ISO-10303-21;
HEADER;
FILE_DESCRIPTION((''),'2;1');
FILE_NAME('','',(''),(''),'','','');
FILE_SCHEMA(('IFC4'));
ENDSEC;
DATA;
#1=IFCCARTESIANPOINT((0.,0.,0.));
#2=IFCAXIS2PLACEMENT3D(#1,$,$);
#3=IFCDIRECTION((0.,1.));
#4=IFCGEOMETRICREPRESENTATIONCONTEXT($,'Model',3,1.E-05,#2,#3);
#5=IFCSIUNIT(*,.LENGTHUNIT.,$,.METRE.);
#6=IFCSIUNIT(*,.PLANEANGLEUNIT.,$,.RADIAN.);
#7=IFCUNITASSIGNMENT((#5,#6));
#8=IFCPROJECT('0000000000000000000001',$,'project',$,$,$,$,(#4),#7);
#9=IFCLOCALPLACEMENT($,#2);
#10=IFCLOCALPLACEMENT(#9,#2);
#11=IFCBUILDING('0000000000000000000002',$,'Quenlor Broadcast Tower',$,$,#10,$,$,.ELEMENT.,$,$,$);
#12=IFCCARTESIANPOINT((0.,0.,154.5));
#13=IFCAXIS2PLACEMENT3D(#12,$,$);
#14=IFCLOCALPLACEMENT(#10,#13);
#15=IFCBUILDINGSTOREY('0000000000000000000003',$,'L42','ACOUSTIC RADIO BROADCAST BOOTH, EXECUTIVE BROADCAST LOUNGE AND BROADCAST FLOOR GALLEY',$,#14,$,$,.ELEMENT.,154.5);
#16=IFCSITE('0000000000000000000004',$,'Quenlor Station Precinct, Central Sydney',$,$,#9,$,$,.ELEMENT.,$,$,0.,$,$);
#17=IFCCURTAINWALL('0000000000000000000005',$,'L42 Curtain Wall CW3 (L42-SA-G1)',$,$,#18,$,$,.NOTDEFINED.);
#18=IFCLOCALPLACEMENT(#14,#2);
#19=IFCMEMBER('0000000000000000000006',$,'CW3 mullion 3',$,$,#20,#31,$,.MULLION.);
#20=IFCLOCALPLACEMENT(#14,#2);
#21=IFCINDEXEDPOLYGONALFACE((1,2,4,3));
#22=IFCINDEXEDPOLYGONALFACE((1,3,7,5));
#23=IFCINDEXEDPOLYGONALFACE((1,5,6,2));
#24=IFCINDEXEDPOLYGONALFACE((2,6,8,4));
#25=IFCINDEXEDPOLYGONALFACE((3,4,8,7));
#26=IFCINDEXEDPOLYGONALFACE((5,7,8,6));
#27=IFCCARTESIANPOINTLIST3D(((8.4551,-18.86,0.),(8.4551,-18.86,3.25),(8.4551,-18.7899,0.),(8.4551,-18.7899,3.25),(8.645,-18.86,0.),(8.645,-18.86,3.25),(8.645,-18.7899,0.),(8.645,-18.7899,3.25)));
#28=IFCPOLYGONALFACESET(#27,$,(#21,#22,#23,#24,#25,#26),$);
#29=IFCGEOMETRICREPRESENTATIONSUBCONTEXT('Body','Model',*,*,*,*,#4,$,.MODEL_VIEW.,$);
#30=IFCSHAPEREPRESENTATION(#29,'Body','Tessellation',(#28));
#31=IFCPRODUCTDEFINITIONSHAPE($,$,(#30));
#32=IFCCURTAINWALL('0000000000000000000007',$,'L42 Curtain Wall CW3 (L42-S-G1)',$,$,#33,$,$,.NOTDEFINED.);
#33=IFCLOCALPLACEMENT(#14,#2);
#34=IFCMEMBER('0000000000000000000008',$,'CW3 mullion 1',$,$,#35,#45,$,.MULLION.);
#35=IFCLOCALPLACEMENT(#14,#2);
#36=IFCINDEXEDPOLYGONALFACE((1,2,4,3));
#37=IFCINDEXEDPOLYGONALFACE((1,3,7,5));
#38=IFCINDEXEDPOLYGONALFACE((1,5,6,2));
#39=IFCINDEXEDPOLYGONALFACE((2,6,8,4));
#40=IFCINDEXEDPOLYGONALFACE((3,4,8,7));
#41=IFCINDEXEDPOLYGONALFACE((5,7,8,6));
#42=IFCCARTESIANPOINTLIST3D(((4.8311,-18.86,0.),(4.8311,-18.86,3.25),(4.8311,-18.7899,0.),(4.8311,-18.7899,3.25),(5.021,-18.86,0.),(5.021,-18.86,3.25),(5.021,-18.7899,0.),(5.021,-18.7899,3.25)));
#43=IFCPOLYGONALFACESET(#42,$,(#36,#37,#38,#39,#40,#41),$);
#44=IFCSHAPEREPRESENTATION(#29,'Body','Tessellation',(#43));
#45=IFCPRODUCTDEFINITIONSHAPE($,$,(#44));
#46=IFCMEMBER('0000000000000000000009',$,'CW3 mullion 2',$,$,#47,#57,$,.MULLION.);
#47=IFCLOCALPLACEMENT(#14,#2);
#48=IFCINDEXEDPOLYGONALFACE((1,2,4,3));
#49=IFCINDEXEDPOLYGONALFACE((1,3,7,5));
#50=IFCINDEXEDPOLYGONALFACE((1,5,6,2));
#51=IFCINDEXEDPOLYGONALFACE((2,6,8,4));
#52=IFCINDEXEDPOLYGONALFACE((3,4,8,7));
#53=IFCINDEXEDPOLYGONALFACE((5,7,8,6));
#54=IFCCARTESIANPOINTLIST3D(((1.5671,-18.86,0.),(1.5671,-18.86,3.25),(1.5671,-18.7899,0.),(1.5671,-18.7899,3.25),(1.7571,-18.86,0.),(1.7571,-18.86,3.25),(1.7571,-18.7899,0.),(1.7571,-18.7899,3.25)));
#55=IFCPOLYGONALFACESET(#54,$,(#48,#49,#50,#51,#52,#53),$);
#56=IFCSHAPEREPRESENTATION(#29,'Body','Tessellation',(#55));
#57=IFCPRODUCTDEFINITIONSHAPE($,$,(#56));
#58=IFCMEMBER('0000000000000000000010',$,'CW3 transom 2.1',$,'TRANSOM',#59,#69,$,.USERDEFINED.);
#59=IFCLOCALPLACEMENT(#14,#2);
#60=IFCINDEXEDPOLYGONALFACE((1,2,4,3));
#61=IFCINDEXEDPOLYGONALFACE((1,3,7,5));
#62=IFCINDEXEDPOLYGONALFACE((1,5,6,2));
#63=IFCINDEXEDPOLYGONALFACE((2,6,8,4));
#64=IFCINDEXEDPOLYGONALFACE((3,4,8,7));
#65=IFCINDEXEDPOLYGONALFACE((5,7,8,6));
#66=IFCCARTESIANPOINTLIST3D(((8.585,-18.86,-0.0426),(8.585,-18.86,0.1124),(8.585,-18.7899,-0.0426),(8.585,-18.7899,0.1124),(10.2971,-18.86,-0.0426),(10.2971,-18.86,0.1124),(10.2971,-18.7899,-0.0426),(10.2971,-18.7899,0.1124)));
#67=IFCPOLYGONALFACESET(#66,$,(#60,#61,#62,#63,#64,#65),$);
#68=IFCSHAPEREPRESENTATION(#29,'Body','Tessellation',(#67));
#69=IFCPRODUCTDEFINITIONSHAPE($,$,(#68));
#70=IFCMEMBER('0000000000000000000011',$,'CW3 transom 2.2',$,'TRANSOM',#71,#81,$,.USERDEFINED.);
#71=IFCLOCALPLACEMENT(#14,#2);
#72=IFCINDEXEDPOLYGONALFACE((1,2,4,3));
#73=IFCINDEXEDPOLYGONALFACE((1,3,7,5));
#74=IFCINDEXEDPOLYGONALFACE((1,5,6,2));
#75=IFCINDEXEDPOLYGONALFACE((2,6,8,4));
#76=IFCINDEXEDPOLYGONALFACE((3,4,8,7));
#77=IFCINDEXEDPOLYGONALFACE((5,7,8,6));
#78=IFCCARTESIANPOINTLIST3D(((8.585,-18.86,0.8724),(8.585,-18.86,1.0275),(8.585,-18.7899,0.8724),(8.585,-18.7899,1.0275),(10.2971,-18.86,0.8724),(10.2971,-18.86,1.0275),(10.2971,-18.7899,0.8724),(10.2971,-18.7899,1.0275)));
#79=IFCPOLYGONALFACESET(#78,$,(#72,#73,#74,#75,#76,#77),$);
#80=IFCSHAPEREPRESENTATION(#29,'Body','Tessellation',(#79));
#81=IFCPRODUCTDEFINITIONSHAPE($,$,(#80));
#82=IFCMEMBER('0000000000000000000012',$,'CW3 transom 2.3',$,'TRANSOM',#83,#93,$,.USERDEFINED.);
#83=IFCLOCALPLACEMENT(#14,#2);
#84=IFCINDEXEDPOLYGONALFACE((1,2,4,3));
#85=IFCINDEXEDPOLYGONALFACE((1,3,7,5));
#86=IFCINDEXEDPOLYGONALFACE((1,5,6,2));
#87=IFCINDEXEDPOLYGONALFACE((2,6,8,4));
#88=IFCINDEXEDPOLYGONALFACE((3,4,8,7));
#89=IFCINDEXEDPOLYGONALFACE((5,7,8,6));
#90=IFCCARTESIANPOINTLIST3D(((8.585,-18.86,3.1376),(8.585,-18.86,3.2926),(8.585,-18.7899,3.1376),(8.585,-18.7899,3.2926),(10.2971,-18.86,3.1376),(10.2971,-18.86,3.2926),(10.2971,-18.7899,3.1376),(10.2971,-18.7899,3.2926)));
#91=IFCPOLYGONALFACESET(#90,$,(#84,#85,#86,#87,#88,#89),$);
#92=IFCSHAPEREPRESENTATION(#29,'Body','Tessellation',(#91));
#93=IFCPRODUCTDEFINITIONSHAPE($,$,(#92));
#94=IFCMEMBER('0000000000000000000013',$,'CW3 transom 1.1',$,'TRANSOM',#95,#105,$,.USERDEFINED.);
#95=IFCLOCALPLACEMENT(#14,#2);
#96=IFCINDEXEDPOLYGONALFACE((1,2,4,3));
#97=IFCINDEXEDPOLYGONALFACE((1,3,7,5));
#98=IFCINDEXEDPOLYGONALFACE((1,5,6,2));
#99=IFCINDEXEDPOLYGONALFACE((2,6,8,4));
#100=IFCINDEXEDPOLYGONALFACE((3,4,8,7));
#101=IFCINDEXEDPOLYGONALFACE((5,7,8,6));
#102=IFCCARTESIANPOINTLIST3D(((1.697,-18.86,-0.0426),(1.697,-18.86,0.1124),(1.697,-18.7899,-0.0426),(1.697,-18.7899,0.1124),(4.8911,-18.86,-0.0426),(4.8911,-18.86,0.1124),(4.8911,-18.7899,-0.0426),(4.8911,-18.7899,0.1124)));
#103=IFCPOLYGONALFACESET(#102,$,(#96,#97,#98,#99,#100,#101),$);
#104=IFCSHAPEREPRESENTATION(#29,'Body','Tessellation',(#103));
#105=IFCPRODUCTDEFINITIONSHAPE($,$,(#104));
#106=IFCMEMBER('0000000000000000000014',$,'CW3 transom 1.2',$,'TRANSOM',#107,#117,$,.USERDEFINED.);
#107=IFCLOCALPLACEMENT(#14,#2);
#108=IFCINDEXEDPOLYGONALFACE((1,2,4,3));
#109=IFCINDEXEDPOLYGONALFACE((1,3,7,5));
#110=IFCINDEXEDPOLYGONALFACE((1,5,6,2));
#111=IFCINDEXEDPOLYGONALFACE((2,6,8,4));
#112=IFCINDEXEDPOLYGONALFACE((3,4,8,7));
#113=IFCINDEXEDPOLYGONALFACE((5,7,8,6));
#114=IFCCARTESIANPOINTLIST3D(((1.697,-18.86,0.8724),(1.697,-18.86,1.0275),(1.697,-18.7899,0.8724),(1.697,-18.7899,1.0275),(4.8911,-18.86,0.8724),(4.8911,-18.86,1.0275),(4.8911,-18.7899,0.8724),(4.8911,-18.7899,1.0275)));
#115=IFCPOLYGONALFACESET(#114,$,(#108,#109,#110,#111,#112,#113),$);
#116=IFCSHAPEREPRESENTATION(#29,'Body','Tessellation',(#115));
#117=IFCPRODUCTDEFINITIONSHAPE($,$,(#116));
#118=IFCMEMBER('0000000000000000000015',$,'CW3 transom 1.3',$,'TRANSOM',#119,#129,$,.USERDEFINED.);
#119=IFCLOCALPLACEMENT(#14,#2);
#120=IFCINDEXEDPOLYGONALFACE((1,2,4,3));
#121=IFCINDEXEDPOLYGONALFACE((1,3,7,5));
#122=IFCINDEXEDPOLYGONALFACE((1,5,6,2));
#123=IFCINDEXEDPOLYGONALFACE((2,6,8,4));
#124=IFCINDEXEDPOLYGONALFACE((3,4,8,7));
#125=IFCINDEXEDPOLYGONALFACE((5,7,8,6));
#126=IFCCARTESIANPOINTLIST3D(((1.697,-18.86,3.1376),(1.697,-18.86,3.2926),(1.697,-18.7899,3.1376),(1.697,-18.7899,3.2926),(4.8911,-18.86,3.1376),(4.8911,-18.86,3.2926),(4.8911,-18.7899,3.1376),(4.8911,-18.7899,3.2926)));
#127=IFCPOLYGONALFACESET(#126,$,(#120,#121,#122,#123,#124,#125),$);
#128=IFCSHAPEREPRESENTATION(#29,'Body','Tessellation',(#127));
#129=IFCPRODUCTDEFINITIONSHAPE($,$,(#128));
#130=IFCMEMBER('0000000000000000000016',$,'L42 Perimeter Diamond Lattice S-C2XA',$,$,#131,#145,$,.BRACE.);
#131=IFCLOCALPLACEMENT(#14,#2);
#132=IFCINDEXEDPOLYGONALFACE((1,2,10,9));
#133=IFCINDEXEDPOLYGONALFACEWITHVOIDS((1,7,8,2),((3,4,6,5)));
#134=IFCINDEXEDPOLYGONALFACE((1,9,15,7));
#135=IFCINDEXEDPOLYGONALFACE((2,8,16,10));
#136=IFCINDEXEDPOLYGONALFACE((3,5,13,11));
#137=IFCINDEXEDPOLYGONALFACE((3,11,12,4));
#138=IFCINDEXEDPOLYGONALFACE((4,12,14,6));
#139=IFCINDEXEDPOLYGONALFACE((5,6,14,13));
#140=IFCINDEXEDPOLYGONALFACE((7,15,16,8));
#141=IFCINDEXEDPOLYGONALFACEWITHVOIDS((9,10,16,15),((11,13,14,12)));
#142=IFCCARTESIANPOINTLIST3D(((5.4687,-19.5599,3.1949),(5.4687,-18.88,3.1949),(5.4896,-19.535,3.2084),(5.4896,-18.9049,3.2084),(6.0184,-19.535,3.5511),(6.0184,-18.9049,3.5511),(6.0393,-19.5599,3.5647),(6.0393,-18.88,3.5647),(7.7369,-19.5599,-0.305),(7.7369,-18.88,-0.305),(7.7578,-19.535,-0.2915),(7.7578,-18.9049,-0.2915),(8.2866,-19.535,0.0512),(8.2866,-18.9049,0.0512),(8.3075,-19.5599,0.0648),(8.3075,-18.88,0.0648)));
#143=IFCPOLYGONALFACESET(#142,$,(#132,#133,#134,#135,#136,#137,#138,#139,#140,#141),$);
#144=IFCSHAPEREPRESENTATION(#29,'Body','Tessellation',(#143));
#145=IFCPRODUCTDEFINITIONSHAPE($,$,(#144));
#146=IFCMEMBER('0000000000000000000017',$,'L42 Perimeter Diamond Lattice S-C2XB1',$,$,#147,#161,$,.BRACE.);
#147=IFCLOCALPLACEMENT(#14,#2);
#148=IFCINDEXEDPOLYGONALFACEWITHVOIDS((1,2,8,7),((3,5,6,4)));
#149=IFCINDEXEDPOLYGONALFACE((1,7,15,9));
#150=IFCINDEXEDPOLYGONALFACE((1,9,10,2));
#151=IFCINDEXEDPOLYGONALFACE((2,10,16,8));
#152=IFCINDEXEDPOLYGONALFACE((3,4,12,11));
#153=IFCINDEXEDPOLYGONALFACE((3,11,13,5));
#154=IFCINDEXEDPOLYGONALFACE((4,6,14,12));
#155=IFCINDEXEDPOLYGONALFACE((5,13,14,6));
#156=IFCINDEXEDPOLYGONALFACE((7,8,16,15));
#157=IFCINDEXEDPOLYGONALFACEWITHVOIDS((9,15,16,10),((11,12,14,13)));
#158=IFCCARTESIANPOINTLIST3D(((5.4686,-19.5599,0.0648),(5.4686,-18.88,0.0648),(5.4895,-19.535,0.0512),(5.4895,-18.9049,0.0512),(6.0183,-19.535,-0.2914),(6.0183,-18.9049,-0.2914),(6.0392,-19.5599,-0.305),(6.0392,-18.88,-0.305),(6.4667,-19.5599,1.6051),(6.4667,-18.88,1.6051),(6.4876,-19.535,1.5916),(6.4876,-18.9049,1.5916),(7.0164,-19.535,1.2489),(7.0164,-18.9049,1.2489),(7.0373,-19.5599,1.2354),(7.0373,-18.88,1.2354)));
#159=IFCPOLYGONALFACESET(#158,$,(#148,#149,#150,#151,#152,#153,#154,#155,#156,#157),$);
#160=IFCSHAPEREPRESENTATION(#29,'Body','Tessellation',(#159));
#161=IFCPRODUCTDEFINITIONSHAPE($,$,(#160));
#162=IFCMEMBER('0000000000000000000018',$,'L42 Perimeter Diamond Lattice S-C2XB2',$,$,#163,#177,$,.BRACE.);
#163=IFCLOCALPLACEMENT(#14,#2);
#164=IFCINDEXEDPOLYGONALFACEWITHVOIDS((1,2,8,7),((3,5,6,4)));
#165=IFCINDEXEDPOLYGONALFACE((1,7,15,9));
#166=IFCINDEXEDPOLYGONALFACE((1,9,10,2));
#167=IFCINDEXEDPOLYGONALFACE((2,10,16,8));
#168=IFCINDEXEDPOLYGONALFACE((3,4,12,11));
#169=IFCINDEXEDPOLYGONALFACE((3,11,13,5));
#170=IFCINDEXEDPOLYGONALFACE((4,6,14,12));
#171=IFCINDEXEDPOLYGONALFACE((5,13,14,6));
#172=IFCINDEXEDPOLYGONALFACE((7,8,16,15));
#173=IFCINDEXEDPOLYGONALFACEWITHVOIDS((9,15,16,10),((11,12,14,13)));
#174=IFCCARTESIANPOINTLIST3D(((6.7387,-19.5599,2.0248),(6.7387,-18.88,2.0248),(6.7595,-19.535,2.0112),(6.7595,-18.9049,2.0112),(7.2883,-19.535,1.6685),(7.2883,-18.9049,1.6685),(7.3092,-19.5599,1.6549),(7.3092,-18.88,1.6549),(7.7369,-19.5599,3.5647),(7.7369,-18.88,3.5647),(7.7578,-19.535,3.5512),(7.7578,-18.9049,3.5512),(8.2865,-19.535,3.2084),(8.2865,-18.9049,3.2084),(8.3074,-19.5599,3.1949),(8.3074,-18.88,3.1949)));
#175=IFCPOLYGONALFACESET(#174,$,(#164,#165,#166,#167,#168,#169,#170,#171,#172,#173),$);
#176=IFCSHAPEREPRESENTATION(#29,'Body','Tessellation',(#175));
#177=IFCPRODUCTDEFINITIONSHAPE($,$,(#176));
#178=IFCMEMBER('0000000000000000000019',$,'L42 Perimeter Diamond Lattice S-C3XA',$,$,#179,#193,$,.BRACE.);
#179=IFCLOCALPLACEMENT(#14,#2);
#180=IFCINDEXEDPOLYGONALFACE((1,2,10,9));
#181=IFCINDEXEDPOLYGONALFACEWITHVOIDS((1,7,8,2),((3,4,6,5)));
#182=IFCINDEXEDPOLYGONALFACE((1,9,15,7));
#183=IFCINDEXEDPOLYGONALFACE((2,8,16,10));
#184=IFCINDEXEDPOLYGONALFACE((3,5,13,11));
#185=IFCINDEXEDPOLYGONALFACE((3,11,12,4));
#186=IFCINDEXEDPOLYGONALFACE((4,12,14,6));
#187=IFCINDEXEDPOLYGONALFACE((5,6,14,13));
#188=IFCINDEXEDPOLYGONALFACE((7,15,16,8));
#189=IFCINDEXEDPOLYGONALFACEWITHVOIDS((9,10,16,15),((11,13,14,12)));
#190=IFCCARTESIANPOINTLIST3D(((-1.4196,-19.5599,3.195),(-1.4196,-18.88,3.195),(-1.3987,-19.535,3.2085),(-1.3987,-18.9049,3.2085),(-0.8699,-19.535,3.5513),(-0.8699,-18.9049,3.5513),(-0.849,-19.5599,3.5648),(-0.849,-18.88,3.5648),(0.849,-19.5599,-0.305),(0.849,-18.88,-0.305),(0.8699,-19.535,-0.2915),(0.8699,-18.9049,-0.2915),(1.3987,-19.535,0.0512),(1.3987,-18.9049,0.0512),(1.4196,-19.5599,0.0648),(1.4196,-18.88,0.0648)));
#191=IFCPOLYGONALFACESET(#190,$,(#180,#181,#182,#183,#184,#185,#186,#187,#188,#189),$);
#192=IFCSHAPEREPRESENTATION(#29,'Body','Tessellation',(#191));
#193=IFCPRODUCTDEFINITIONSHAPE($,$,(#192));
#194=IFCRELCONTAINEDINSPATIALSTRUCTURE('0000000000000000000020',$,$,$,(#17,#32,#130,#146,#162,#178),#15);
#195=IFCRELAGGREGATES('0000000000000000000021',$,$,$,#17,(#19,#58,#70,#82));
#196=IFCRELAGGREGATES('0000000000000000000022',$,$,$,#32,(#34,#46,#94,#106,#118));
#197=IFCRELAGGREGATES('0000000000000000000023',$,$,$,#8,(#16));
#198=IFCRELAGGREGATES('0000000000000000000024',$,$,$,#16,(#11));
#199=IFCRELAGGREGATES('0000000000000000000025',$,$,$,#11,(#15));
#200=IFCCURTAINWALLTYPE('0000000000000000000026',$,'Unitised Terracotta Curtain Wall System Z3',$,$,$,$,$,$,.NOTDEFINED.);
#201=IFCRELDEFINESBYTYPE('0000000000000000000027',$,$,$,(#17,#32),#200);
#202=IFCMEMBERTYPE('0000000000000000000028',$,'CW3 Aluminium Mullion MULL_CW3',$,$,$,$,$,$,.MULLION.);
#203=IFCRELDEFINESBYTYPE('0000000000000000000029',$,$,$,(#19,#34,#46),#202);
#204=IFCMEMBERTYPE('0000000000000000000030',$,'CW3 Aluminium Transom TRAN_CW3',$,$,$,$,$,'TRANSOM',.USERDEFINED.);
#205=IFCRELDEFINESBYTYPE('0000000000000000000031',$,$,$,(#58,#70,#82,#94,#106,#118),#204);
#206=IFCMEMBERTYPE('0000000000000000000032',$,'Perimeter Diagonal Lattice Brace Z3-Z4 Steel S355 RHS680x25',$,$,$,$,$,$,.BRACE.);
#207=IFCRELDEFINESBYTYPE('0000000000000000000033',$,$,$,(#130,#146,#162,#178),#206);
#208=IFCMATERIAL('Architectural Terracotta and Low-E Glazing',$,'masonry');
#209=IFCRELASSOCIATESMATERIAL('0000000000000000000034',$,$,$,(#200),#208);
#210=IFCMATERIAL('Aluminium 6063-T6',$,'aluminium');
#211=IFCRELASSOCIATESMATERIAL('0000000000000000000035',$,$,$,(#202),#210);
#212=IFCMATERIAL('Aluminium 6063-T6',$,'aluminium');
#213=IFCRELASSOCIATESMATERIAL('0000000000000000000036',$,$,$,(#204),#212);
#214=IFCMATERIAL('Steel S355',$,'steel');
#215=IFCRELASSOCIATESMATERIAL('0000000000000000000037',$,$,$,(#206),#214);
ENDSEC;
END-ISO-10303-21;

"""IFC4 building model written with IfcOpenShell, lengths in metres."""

from ifc_helpers import new_model, si_unit, direction, frame, origin, origin_2d, place, context, subcontext, project, spatial, rectangle, hollow_rectangle, extrude, material, material_profile, profile_set, type_object, element, aggregate, save


model = new_model("IFC4")

# Units and contexts
model_context = context("Model", 3, precision=1e-05, world=origin(), true_north=direction((0.0, 1.0)))
body_context = subcontext(model_context, "Body", "Model", "MODEL_VIEW")
ifc_project = project(units=[si_unit("LENGTHUNIT", "METRE"), si_unit("PLANEANGLEUNIT", "RADIAN")], contexts=[model_context])

# Site, building, storey
site_placement = place(None, origin())
site = spatial("IfcSite", under=ifc_project, at=site_placement, Name="Quenlor Station Precinct, Central Sydney", CompositionType="ELEMENT", RefElevation=0.0)
building_placement = place(site_placement, origin())
building = spatial("IfcBuilding", under=site, at=building_placement, Name="Quenlor Broadcast Tower", CompositionType="ELEMENT")
storey_placement = place(building_placement, frame((0.0, 0.0, 154.5)))
storey = spatial("IfcBuildingStorey", under=building, at=storey_placement, Name="L42", Description="ACOUSTIC RADIO BROADCAST BOOTH, EXECUTIVE BROADCAST LOUNGE AND BROADCAST FLOOR GALLEY", CompositionType="ELEMENT", Elevation=154.5)

# Curtain wall, member
ifc_material_1 = material(Name="Architectural Terracotta and Low-E Glazing", Category="masonry")
curtain_wall_type = type_object("IfcCurtainWallType", Name="Unitised Terracotta Curtain Wall System Z3", PredefinedType="NOTDEFINED", material=ifc_material_1)
curtain_wall_1_placement = place(storey_placement, origin())
curtain_wall_1 = element("IfcCurtainWall", 1, at=curtain_wall_1_placement, inside=storey, type_object=curtain_wall_type, Name="L42 Curtain Wall CW3 (L42-SA-G1)", PredefinedType="NOTDEFINED")
ifc_material_2 = material(Name="Aluminium 6063-T6", Category="aluminium")
ifc_material_profile_1 = material_profile(ifc_material_2, rectangle(XDim=0.0701, YDim=0.1899, at=origin_2d()))
ifc_profile_set_1 = profile_set([ifc_material_profile_1], Name="Aluminium 6063-T6 MULL70x190")
member_type_1 = type_object("IfcMemberType", Name="CW3 Aluminium Mullion MULL_CW3", PredefinedType="MULLION", material=ifc_profile_set_1)
member_1_placement = place(storey_placement, frame((8.55, -18.825, 0.0), z_axis=(0.0, 0.0, 1.0), x_axis=(0.0, -1.0, 0.0)))
member_1 = element("IfcMember", 2, at=member_1_placement, type_object=member_type_1, Name="CW3 mullion 3", PredefinedType="MULLION", context=body_context, shape_type="SweptSolid", body=[
    extrude(rectangle(XDim=0.0701, YDim=0.1899, at=origin_2d()), origin(), (0.0, 0.0, 1.0), 3.25),
])

# Curtain wall, members
curtain_wall_2_placement = place(storey_placement, origin())
curtain_wall_2 = element("IfcCurtainWall", 3, at=curtain_wall_2_placement, inside=storey, type_object=curtain_wall_type, Name="L42 Curtain Wall CW3 (L42-S-G1)", PredefinedType="NOTDEFINED")
member_2_placement = place(storey_placement, frame((4.926, -18.825, 0.0), z_axis=(0.0, 0.0, 1.0), x_axis=(0.0, -1.0, 0.0)))
member_2 = element("IfcMember", 4, at=member_2_placement, type_object=member_type_1, Name="CW3 mullion 1", PredefinedType="MULLION", context=body_context, shape_type="SweptSolid", body=[
    extrude(rectangle(XDim=0.0701, YDim=0.1899, at=origin_2d()), origin(), (0.0, 0.0, 1.0), 3.25),
])
member_3_placement = place(storey_placement, frame((1.6621, -18.825, 0.0), z_axis=(0.0, 0.0, 1.0), x_axis=(0.0, -1.0, 0.0)))
member_3 = element("IfcMember", 5, at=member_3_placement, type_object=member_type_1, Name="CW3 mullion 2", PredefinedType="MULLION", context=body_context, shape_type="SweptSolid", body=[
    extrude(rectangle(XDim=0.0701, YDim=0.1899, at=origin_2d()), origin(), (0.0, 0.0, 1.0), 3.25),
])

# Members
ifc_material_3 = material(Name="Aluminium 6063-T6", Category="aluminium")
ifc_material_profile_2 = material_profile(ifc_material_3, rectangle(XDim=0.0701, YDim=0.155, at=origin_2d()))
ifc_profile_set_2 = profile_set([ifc_material_profile_2], Name="Aluminium 6063-T6 TRAN70x155")
member_type_2 = type_object("IfcMemberType", Name="CW3 Aluminium Transom TRAN_CW3", ElementType="TRANSOM", PredefinedType="USERDEFINED", material=ifc_profile_set_2)
member_4_placement = place(storey_placement, frame((10.2971, -18.825, 0.0349), z_axis=(-1.0, 0.0, 0.0), x_axis=(0.0, -1.0, 0.0)))
member_4 = element("IfcMember", 6, at=member_4_placement, type_object=member_type_2, Name="CW3 transom 2.1", ObjectType="TRANSOM", PredefinedType="USERDEFINED", context=body_context, shape_type="SweptSolid", body=[
    extrude(rectangle(XDim=0.0701, YDim=0.155, at=origin_2d()), origin(), (0.0, 0.0, 1.0), 1.7122),
])
member_5_placement = place(storey_placement, frame((10.2971, -18.825, 0.95), z_axis=(-1.0, 0.0, 0.0), x_axis=(0.0, -1.0, 0.0)))
member_5 = element("IfcMember", 7, at=member_5_placement, type_object=member_type_2, Name="CW3 transom 2.2", ObjectType="TRANSOM", PredefinedType="USERDEFINED", context=body_context, shape_type="SweptSolid", body=[
    extrude(rectangle(XDim=0.0701, YDim=0.155, at=origin_2d()), origin(), (0.0, 0.0, 1.0), 1.7122),
])
member_6_placement = place(storey_placement, frame((10.2971, -18.825, 3.2151), z_axis=(-1.0, 0.0, 0.0), x_axis=(0.0, -1.0, 0.0)))
member_6 = element("IfcMember", 8, at=member_6_placement, type_object=member_type_2, Name="CW3 transom 2.3", ObjectType="TRANSOM", PredefinedType="USERDEFINED", context=body_context, shape_type="SweptSolid", body=[
    extrude(rectangle(XDim=0.0701, YDim=0.155, at=origin_2d()), origin(), (0.0, 0.0, 1.0), 1.7122),
])
member_7_placement = place(storey_placement, frame((4.8911, -18.825, 0.0349), z_axis=(-1.0, 0.0, 0.0), x_axis=(0.0, -1.0, 0.0)))
member_7 = element("IfcMember", 9, at=member_7_placement, type_object=member_type_2, Name="CW3 transom 1.1", ObjectType="TRANSOM", PredefinedType="USERDEFINED", context=body_context, shape_type="SweptSolid", body=[
    extrude(rectangle(XDim=0.0701, YDim=0.155, at=origin_2d()), origin(), (0.0, 0.0, 1.0), 3.1941),
])
member_8_placement = place(storey_placement, frame((4.8911, -18.825, 0.95), z_axis=(-1.0, 0.0, 0.0), x_axis=(0.0, -1.0, 0.0)))
member_8 = element("IfcMember", 10, at=member_8_placement, type_object=member_type_2, Name="CW3 transom 1.2", ObjectType="TRANSOM", PredefinedType="USERDEFINED", context=body_context, shape_type="SweptSolid", body=[
    extrude(rectangle(XDim=0.0701, YDim=0.155, at=origin_2d()), origin(), (0.0, 0.0, 1.0), 3.1941),
])
member_9_placement = place(storey_placement, frame((4.8911, -18.825, 3.2151), z_axis=(-1.0, 0.0, 0.0), x_axis=(0.0, -1.0, 0.0)))
member_9 = element("IfcMember", 11, at=member_9_placement, type_object=member_type_2, Name="CW3 transom 1.3", ObjectType="TRANSOM", PredefinedType="USERDEFINED", context=body_context, shape_type="SweptSolid", body=[
    extrude(rectangle(XDim=0.0701, YDim=0.155, at=origin_2d()), origin(), (0.0, 0.0, 1.0), 3.1941),
])

# Members
ifc_material_4 = material(Name="Steel S355", Category="steel")
ifc_material_profile_3 = material_profile(ifc_material_4, hollow_rectangle(XDim=0.6799, YDim=0.6799, WallThickness=0.0249, at=origin_2d()))
ifc_profile_set_3 = profile_set([ifc_material_profile_3], Name="Steel S355 RHS680x680x25")
member_type_3 = type_object("IfcMemberType", Name="Perimeter Diagonal Lattice Brace Z3-Z4 Steel S355 RHS680x25", PredefinedType="BRACE", material=ifc_profile_set_3)
member_10_placement = place(storey_placement, frame((8.0222, -19.22, -0.1201), z_axis=(-0.54386, 0.0, 0.839176), x_axis=(0.0, -1.0, 0.0)))
element("IfcMember", 12, at=member_10_placement, inside=storey, type_object=member_type_3, Name="L42 Perimeter Diamond Lattice S-C2XA", PredefinedType="BRACE", context=body_context, shape_type="SweptSolid", body=[
    extrude(hollow_rectangle(XDim=0.6799, YDim=0.6799, WallThickness=0.0249, at=origin_2d()), origin(), (0.0, 0.0, 1.0), 4.1707),
])
member_11_placement = place(storey_placement, frame((5.7539, -19.22, -0.1201), z_axis=(0.543786, 0.0, 0.839224), x_axis=(0.0, 1.0, 0.0)))
element("IfcMember", 13, at=member_11_placement, inside=storey, type_object=member_type_3, Name="L42 Perimeter Diamond Lattice S-C2XB1", PredefinedType="BRACE", context=body_context, shape_type="SweptSolid", body=[
    extrude(hollow_rectangle(XDim=0.6799, YDim=0.6799, WallThickness=0.0249, at=origin_2d()), origin(), (0.0, 0.0, 1.0), 1.8354),
])
member_12_placement = place(storey_placement, frame((7.0239, -19.22, 1.8398), z_axis=(0.543941, 0.0, 0.839124), x_axis=(0.0, 1.0, 0.0)))
element("IfcMember", 14, at=member_12_placement, inside=storey, type_object=member_type_3, Name="L42 Perimeter Diamond Lattice S-C2XB2", PredefinedType="BRACE", context=body_context, shape_type="SweptSolid", body=[
    extrude(hollow_rectangle(XDim=0.6799, YDim=0.6799, WallThickness=0.0249, at=origin_2d()), origin(), (0.0, 0.0, 1.0), 1.8352),
])
member_13_placement = place(storey_placement, frame((1.1343, -19.22, -0.1201), z_axis=(-0.543902, 0.0, 0.839149), x_axis=(0.0, -1.0, 0.0)))
element("IfcMember", 15, at=member_13_placement, inside=storey, type_object=member_type_3, Name="L42 Perimeter Diamond Lattice S-C3XA", PredefinedType="BRACE", context=body_context, shape_type="SweptSolid", body=[
    extrude(hollow_rectangle(XDim=0.6799, YDim=0.6799, WallThickness=0.0249, at=origin_2d()), origin(), (0.0, 0.0, 1.0), 4.1709),
])

aggregate(curtain_wall_1, [member_1, member_4, member_5, member_6])
aggregate(curtain_wall_2, [member_2, member_3, member_7, member_8, member_9])

save(model, "model.ifc")
